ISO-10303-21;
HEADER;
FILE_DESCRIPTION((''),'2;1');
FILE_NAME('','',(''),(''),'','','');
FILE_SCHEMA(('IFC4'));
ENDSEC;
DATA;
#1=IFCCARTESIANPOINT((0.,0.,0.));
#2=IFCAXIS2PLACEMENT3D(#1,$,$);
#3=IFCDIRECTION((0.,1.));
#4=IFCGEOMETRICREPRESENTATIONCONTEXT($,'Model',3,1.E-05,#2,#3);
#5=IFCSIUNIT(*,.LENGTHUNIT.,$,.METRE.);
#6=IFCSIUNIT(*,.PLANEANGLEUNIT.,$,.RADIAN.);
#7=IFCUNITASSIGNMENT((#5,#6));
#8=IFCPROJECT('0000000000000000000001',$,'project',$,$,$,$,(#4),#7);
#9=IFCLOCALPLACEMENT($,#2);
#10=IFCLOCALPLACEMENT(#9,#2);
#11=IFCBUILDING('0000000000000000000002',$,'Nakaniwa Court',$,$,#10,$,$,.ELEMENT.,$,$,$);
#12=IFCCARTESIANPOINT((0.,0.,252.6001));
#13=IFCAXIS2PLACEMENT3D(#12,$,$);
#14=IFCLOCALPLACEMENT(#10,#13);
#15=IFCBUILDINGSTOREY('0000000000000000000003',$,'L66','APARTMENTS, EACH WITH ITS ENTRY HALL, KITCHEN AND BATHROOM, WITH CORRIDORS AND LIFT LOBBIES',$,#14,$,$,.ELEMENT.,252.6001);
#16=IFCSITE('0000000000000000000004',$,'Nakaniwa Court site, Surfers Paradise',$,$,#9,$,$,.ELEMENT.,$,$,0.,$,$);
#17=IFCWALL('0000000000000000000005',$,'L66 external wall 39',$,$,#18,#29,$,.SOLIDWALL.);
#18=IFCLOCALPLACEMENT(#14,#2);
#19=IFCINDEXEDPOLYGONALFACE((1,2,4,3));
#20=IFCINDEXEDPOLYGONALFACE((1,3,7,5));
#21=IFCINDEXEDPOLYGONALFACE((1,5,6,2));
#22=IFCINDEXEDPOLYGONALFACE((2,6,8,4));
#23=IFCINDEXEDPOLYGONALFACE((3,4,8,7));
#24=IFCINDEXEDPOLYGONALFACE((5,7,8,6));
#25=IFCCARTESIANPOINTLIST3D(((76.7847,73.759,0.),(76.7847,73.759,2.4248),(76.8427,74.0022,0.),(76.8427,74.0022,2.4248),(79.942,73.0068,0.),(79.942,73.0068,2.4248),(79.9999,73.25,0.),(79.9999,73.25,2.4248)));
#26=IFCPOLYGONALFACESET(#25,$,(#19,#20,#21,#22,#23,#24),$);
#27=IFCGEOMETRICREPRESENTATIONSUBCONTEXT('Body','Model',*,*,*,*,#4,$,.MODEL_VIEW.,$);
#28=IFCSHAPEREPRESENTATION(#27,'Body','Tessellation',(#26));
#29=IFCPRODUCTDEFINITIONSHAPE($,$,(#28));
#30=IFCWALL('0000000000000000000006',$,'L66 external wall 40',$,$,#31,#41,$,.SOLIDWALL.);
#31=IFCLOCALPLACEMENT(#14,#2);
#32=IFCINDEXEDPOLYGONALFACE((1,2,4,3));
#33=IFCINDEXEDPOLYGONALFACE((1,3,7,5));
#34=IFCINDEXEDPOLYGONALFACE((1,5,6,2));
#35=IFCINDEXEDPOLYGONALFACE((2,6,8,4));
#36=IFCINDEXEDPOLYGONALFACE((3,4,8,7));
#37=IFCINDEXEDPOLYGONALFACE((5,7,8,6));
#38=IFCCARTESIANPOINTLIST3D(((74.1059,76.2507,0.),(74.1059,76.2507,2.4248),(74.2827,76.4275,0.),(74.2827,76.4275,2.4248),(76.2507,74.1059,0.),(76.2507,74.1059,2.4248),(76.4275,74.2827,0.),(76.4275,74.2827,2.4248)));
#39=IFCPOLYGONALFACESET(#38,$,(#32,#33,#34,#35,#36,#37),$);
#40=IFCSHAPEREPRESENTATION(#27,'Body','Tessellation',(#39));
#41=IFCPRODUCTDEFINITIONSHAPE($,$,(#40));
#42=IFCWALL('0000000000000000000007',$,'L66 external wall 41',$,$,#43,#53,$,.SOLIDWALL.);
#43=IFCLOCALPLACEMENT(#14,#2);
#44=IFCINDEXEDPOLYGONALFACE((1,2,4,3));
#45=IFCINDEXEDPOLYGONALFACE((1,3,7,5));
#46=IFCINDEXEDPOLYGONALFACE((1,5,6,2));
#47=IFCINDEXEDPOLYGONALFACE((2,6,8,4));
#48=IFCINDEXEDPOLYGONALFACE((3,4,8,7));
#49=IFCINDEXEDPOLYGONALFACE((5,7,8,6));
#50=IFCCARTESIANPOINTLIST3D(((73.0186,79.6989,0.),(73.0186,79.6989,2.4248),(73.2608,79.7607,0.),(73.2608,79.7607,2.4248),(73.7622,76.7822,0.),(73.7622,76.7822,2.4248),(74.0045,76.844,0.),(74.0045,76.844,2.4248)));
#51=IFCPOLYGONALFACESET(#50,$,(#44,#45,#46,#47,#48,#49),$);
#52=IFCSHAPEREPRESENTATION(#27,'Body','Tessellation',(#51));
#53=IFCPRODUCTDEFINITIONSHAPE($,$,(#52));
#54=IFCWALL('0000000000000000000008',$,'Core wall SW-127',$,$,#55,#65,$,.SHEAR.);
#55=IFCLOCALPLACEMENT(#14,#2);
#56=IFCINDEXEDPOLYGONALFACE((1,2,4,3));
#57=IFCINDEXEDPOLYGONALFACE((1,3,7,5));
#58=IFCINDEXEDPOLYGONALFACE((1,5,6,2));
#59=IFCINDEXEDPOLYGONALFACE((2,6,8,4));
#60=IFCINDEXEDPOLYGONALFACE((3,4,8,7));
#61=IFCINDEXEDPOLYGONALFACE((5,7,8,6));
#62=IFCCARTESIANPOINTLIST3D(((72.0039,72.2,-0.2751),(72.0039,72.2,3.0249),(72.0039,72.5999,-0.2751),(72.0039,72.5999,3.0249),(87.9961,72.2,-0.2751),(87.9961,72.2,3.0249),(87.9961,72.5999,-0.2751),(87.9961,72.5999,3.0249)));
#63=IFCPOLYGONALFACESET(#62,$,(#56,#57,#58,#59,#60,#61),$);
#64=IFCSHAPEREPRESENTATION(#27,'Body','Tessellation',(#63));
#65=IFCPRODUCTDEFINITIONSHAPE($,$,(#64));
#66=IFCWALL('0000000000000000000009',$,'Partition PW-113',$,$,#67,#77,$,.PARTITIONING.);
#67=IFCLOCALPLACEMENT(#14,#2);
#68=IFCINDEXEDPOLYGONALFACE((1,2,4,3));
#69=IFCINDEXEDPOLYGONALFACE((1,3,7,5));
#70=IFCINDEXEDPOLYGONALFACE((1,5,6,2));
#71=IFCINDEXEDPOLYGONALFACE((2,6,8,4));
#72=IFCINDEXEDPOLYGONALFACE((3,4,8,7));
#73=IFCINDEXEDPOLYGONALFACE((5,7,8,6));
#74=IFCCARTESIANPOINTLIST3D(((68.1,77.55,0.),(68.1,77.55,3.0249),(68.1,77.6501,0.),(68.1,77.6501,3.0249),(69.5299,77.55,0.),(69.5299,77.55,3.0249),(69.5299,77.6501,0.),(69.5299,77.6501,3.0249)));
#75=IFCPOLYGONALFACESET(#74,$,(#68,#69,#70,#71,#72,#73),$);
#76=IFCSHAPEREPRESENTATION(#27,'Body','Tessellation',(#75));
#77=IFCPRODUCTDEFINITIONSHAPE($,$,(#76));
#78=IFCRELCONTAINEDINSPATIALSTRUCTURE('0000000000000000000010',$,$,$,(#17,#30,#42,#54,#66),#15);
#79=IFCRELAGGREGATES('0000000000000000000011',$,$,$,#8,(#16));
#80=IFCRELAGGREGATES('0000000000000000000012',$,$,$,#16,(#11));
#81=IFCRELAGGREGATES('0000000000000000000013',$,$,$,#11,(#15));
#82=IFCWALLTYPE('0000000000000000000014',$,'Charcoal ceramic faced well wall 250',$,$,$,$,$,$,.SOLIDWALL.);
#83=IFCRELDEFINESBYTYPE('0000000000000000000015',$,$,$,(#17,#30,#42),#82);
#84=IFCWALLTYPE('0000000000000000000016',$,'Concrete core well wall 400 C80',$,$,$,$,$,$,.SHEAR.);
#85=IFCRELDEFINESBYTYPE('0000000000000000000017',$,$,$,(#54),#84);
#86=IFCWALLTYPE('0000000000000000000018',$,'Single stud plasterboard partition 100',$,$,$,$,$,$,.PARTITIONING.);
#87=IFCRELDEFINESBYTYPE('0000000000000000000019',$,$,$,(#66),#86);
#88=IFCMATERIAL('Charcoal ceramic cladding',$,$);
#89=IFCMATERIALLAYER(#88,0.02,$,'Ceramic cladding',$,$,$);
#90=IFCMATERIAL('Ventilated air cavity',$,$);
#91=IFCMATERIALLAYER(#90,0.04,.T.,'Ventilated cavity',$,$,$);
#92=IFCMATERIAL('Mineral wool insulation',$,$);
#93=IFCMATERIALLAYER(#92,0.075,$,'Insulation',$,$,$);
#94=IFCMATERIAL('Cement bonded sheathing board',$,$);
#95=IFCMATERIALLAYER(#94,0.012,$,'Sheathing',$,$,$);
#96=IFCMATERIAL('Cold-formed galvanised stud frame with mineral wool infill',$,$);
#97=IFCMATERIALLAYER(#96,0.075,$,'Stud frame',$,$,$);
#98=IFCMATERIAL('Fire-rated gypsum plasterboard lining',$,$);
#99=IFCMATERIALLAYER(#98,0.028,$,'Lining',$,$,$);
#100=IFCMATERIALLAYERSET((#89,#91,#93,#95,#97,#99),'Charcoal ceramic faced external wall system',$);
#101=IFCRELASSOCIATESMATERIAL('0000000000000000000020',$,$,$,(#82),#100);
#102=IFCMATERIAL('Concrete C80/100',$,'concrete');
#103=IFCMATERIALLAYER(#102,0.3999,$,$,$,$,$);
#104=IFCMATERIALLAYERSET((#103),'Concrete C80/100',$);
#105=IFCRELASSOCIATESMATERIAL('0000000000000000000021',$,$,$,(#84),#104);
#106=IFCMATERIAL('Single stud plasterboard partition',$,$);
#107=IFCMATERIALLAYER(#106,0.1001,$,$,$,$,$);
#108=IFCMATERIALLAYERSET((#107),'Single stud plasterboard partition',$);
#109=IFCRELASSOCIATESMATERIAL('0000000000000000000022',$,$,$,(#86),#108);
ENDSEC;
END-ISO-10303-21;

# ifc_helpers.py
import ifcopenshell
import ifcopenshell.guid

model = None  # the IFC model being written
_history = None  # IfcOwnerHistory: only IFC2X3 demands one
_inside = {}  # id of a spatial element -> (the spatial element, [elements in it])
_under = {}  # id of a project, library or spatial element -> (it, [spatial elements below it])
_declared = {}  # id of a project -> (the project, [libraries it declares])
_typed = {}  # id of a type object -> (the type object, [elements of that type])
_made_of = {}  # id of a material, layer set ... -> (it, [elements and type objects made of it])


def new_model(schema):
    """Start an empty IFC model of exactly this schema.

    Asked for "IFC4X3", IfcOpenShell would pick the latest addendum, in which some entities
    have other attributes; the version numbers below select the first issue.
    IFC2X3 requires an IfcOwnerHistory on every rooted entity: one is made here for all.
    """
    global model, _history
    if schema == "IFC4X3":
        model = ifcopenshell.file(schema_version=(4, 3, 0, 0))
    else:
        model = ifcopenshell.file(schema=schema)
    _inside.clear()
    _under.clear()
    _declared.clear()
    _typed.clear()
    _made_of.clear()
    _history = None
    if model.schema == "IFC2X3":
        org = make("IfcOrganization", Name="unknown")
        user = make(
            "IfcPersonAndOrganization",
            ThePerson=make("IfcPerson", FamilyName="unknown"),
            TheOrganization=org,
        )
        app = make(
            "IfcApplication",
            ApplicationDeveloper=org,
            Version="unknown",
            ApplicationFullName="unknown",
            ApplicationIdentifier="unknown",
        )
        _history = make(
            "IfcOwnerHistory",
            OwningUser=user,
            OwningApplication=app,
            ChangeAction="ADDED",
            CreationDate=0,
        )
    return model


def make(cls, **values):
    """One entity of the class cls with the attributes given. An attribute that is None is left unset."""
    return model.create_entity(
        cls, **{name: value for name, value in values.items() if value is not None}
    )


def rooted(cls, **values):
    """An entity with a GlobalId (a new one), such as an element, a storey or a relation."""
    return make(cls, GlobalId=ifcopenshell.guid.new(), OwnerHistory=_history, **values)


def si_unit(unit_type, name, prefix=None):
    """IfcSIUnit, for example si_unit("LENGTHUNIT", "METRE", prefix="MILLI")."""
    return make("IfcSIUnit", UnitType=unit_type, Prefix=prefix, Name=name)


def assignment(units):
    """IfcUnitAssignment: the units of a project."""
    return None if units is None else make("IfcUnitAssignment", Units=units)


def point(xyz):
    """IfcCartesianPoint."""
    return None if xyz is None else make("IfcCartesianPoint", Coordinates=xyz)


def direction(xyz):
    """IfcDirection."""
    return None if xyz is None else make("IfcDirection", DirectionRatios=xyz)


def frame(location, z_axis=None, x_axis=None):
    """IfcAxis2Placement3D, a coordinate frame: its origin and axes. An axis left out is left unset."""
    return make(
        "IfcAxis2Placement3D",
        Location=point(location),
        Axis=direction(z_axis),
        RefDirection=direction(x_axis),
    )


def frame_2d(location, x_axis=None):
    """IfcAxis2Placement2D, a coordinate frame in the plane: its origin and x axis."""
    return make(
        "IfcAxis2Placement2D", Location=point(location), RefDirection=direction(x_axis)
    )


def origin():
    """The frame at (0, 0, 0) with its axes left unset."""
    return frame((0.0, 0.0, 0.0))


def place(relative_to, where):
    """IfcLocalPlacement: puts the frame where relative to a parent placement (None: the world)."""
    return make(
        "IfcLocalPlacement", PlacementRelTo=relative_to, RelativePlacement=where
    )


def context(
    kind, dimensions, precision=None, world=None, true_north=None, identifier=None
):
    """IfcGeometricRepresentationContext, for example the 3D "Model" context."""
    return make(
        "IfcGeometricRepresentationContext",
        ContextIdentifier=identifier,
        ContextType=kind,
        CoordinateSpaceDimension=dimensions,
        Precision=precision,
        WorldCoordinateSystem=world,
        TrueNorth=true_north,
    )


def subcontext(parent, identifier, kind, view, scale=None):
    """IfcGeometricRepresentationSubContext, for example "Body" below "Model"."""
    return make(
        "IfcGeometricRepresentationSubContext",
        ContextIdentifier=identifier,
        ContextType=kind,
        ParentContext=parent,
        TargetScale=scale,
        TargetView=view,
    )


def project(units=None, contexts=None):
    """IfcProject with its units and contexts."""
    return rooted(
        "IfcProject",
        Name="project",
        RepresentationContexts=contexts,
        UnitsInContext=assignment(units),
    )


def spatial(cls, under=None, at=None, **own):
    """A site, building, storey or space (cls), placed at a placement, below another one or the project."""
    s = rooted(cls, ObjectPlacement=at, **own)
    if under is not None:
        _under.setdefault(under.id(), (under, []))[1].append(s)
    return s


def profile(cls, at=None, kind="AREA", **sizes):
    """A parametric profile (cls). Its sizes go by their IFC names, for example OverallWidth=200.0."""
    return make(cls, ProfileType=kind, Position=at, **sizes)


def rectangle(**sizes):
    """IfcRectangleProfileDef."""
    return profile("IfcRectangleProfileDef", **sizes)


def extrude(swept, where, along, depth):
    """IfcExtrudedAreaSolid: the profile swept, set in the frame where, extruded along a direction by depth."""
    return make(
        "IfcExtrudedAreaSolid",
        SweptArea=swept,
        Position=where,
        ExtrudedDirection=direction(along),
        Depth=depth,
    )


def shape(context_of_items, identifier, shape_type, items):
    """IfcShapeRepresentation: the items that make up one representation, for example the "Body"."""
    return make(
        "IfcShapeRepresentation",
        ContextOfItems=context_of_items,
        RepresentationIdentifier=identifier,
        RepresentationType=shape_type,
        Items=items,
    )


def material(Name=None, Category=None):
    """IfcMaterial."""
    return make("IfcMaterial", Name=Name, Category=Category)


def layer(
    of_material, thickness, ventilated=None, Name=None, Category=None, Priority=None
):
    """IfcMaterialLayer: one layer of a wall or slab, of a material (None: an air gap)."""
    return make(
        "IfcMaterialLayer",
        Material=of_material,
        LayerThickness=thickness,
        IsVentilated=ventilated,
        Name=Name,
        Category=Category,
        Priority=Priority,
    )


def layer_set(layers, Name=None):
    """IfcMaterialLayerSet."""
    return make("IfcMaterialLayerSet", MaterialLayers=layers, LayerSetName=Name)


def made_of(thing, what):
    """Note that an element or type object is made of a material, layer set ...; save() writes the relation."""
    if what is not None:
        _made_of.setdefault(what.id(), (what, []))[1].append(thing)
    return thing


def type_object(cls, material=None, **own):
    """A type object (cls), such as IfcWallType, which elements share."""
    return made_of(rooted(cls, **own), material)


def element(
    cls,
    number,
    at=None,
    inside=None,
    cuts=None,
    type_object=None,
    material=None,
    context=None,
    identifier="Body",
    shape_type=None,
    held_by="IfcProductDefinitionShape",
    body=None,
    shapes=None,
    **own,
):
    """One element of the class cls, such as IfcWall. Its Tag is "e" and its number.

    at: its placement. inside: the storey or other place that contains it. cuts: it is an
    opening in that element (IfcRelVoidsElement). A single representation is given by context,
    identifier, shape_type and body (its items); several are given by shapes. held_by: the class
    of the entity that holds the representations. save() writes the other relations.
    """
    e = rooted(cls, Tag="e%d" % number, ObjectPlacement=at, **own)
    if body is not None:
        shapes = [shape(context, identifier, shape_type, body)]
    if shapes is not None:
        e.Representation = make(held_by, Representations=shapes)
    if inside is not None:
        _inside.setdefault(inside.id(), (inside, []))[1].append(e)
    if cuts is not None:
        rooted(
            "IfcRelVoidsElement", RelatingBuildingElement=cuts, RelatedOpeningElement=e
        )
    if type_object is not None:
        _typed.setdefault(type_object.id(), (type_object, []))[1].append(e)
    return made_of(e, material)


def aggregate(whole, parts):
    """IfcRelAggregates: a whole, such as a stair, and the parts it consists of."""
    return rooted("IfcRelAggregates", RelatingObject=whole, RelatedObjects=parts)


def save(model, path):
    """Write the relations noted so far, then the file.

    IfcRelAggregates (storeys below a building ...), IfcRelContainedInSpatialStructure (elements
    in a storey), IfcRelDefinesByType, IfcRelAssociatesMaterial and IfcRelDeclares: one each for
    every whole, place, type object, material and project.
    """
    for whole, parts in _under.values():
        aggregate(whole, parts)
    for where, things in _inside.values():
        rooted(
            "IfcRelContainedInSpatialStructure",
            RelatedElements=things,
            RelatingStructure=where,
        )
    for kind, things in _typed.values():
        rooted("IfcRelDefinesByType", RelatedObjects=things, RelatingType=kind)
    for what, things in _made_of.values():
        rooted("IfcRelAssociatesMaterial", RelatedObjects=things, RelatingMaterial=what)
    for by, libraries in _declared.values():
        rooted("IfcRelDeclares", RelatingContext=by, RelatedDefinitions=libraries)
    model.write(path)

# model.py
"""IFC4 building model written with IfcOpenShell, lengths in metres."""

from ifc_helpers import new_model, si_unit, direction, frame, frame_2d, origin, place, context, subcontext, project, spatial, rectangle, extrude, material, layer, layer_set, type_object, element, save


model = new_model("IFC4")

# Units and contexts
model_context = context("Model", 3, precision=1e-05, world=origin(), true_north=direction((0.0, 1.0)))
body_context = subcontext(model_context, "Body", "Model", "MODEL_VIEW")
ifc_project = project(units=[si_unit("LENGTHUNIT", "METRE"), si_unit("PLANEANGLEUNIT", "RADIAN")], contexts=[model_context])

# Site, building, storey
site_placement = place(None, origin())
site = spatial("IfcSite", under=ifc_project, at=site_placement, Name="Nakaniwa Court site, Surfers Paradise", CompositionType="ELEMENT", RefElevation=0.0)
building_placement = place(site_placement, origin())
building = spatial("IfcBuilding", under=site, at=building_placement, Name="Nakaniwa Court", CompositionType="ELEMENT")
storey_placement = place(building_placement, frame((0.0, 0.0, 252.6001)))
storey = spatial("IfcBuildingStorey", under=building, at=storey_placement, Name="L66", Description="APARTMENTS, EACH WITH ITS ENTRY HALL, KITCHEN AND BATHROOM, WITH CORRIDORS AND LIFT LOBBIES", CompositionType="ELEMENT", Elevation=252.6001)

# Shared definitions
ifc_material_1 = material(Name="Concrete C80/100", Category="concrete")

# Walls
ifc_material_2 = material(Name="Charcoal ceramic cladding")
ifc_layer_1 = layer(ifc_material_2, 0.02, Name="Ceramic cladding")
ifc_material_3 = material(Name="Ventilated air cavity")
ifc_layer_2 = layer(ifc_material_3, 0.04, ventilated=True, Name="Ventilated cavity")
ifc_material_4 = material(Name="Mineral wool insulation")
ifc_layer_3 = layer(ifc_material_4, 0.075, Name="Insulation")
ifc_material_5 = material(Name="Cement bonded sheathing board")
ifc_layer_4 = layer(ifc_material_5, 0.012, Name="Sheathing")
ifc_material_6 = material(Name="Cold-formed galvanised stud frame with mineral wool infill")
ifc_layer_5 = layer(ifc_material_6, 0.075, Name="Stud frame")
ifc_material_7 = material(Name="Fire-rated gypsum plasterboard lining")
ifc_layer_6 = layer(ifc_material_7, 0.028, Name="Lining")
ifc_layer_set_1 = layer_set([ifc_layer_1, ifc_layer_2, ifc_layer_3, ifc_layer_4, ifc_layer_5, ifc_layer_6], Name="Charcoal ceramic faced external wall system")
wall_type_1 = type_object("IfcWallType", Name="Charcoal ceramic faced well wall 250", PredefinedType="SOLIDWALL", material=ifc_layer_set_1)
wall_1_placement = place(storey_placement, frame((79.9709, 73.1284, 0.0), z_axis=(0.0, 0.0, 1.0), x_axis=(-0.972773, 0.23176, 0.0)))
element("IfcWall", 1, at=wall_1_placement, inside=storey, type_object=wall_type_1, Name="L66 external wall 39", PredefinedType="SOLIDWALL", context=body_context, shape_type="SweptSolid", body=[
    extrude(rectangle(XDim=3.2456, YDim=0.25, at=frame_2d((1.6228, 0.0))), origin(), (0.0, 0.0, 1.0), 2.4248),
])
wall_2_placement = place(storey_placement, frame((76.3391, 74.1943, 0.0), z_axis=(0.0, 0.0, 1.0), x_axis=(-0.707107, 0.707107, 0.0)))
element("IfcWall", 2, at=wall_2_placement, inside=storey, type_object=wall_type_1, Name="L66 external wall 40", PredefinedType="SOLIDWALL", context=body_context, shape_type="SweptSolid", body=[
    extrude(rectangle(XDim=3.0332, YDim=0.25, at=frame_2d((1.5166, 0.0))), origin(), (0.0, 0.0, 1.0), 2.4248),
])
wall_3_placement = place(storey_placement, frame((73.8833, 76.8132, 0.0), z_axis=(0.0, 0.0, 1.0), x_axis=(-0.247056, 0.969001, 0.0)))
element("IfcWall", 3, at=wall_3_placement, inside=storey, type_object=wall_type_1, Name="L66 external wall 41", PredefinedType="SOLIDWALL", context=body_context, shape_type="SweptSolid", body=[
    extrude(rectangle(XDim=3.01, YDim=0.25, at=frame_2d((1.5049, 0.0))), origin(), (0.0, 0.0, 1.0), 2.4248),
])
ifc_layer_7 = layer(ifc_material_1, 0.3999)
ifc_layer_set_2 = layer_set([ifc_layer_7], Name="Concrete C80/100")
wall_type_2 = type_object("IfcWallType", Name="Concrete core well wall 400 C80", PredefinedType="SHEAR", material=ifc_layer_set_2)
wall_4_placement = place(storey_placement, frame((72.0039, 72.3999, -0.2751), z_axis=(0.0, 0.0, 1.0), x_axis=(1.0, 0.0, 0.0)))
element("IfcWall", 4, at=wall_4_placement, inside=storey, type_object=wall_type_2, Name="Core wall SW-127", PredefinedType="SHEAR", context=body_context, shape_type="SweptSolid", body=[
    extrude(rectangle(XDim=15.9922, YDim=0.3999, at=frame_2d((7.9961, 0.0))), origin(), (0.0, 0.0, 1.0), 3.3),
])
ifc_material_8 = material(Name="Single stud plasterboard partition")
ifc_layer_8 = layer(ifc_material_8, 0.1001)
ifc_layer_set_3 = layer_set([ifc_layer_8], Name="Single stud plasterboard partition")
wall_type_3 = type_object("IfcWallType", Name="Single stud plasterboard partition 100", PredefinedType="PARTITIONING", material=ifc_layer_set_3)
wall_5_placement = place(storey_placement, frame((68.1001, 77.6001, 0.0), z_axis=(0.0, 0.0, 1.0), x_axis=(1.0, 0.0, 0.0)))
element("IfcWall", 5, at=wall_5_placement, inside=storey, type_object=wall_type_3, Name="Partition PW-113", PredefinedType="PARTITIONING", context=body_context, shape_type="SweptSolid", body=[
    extrude(rectangle(XDim=1.4299, YDim=0.1001, at=frame_2d((0.7148, 0.0))), origin(), (0.0, 0.0, 1.0), 3.0249),
])

save(model, "model.ifc")
